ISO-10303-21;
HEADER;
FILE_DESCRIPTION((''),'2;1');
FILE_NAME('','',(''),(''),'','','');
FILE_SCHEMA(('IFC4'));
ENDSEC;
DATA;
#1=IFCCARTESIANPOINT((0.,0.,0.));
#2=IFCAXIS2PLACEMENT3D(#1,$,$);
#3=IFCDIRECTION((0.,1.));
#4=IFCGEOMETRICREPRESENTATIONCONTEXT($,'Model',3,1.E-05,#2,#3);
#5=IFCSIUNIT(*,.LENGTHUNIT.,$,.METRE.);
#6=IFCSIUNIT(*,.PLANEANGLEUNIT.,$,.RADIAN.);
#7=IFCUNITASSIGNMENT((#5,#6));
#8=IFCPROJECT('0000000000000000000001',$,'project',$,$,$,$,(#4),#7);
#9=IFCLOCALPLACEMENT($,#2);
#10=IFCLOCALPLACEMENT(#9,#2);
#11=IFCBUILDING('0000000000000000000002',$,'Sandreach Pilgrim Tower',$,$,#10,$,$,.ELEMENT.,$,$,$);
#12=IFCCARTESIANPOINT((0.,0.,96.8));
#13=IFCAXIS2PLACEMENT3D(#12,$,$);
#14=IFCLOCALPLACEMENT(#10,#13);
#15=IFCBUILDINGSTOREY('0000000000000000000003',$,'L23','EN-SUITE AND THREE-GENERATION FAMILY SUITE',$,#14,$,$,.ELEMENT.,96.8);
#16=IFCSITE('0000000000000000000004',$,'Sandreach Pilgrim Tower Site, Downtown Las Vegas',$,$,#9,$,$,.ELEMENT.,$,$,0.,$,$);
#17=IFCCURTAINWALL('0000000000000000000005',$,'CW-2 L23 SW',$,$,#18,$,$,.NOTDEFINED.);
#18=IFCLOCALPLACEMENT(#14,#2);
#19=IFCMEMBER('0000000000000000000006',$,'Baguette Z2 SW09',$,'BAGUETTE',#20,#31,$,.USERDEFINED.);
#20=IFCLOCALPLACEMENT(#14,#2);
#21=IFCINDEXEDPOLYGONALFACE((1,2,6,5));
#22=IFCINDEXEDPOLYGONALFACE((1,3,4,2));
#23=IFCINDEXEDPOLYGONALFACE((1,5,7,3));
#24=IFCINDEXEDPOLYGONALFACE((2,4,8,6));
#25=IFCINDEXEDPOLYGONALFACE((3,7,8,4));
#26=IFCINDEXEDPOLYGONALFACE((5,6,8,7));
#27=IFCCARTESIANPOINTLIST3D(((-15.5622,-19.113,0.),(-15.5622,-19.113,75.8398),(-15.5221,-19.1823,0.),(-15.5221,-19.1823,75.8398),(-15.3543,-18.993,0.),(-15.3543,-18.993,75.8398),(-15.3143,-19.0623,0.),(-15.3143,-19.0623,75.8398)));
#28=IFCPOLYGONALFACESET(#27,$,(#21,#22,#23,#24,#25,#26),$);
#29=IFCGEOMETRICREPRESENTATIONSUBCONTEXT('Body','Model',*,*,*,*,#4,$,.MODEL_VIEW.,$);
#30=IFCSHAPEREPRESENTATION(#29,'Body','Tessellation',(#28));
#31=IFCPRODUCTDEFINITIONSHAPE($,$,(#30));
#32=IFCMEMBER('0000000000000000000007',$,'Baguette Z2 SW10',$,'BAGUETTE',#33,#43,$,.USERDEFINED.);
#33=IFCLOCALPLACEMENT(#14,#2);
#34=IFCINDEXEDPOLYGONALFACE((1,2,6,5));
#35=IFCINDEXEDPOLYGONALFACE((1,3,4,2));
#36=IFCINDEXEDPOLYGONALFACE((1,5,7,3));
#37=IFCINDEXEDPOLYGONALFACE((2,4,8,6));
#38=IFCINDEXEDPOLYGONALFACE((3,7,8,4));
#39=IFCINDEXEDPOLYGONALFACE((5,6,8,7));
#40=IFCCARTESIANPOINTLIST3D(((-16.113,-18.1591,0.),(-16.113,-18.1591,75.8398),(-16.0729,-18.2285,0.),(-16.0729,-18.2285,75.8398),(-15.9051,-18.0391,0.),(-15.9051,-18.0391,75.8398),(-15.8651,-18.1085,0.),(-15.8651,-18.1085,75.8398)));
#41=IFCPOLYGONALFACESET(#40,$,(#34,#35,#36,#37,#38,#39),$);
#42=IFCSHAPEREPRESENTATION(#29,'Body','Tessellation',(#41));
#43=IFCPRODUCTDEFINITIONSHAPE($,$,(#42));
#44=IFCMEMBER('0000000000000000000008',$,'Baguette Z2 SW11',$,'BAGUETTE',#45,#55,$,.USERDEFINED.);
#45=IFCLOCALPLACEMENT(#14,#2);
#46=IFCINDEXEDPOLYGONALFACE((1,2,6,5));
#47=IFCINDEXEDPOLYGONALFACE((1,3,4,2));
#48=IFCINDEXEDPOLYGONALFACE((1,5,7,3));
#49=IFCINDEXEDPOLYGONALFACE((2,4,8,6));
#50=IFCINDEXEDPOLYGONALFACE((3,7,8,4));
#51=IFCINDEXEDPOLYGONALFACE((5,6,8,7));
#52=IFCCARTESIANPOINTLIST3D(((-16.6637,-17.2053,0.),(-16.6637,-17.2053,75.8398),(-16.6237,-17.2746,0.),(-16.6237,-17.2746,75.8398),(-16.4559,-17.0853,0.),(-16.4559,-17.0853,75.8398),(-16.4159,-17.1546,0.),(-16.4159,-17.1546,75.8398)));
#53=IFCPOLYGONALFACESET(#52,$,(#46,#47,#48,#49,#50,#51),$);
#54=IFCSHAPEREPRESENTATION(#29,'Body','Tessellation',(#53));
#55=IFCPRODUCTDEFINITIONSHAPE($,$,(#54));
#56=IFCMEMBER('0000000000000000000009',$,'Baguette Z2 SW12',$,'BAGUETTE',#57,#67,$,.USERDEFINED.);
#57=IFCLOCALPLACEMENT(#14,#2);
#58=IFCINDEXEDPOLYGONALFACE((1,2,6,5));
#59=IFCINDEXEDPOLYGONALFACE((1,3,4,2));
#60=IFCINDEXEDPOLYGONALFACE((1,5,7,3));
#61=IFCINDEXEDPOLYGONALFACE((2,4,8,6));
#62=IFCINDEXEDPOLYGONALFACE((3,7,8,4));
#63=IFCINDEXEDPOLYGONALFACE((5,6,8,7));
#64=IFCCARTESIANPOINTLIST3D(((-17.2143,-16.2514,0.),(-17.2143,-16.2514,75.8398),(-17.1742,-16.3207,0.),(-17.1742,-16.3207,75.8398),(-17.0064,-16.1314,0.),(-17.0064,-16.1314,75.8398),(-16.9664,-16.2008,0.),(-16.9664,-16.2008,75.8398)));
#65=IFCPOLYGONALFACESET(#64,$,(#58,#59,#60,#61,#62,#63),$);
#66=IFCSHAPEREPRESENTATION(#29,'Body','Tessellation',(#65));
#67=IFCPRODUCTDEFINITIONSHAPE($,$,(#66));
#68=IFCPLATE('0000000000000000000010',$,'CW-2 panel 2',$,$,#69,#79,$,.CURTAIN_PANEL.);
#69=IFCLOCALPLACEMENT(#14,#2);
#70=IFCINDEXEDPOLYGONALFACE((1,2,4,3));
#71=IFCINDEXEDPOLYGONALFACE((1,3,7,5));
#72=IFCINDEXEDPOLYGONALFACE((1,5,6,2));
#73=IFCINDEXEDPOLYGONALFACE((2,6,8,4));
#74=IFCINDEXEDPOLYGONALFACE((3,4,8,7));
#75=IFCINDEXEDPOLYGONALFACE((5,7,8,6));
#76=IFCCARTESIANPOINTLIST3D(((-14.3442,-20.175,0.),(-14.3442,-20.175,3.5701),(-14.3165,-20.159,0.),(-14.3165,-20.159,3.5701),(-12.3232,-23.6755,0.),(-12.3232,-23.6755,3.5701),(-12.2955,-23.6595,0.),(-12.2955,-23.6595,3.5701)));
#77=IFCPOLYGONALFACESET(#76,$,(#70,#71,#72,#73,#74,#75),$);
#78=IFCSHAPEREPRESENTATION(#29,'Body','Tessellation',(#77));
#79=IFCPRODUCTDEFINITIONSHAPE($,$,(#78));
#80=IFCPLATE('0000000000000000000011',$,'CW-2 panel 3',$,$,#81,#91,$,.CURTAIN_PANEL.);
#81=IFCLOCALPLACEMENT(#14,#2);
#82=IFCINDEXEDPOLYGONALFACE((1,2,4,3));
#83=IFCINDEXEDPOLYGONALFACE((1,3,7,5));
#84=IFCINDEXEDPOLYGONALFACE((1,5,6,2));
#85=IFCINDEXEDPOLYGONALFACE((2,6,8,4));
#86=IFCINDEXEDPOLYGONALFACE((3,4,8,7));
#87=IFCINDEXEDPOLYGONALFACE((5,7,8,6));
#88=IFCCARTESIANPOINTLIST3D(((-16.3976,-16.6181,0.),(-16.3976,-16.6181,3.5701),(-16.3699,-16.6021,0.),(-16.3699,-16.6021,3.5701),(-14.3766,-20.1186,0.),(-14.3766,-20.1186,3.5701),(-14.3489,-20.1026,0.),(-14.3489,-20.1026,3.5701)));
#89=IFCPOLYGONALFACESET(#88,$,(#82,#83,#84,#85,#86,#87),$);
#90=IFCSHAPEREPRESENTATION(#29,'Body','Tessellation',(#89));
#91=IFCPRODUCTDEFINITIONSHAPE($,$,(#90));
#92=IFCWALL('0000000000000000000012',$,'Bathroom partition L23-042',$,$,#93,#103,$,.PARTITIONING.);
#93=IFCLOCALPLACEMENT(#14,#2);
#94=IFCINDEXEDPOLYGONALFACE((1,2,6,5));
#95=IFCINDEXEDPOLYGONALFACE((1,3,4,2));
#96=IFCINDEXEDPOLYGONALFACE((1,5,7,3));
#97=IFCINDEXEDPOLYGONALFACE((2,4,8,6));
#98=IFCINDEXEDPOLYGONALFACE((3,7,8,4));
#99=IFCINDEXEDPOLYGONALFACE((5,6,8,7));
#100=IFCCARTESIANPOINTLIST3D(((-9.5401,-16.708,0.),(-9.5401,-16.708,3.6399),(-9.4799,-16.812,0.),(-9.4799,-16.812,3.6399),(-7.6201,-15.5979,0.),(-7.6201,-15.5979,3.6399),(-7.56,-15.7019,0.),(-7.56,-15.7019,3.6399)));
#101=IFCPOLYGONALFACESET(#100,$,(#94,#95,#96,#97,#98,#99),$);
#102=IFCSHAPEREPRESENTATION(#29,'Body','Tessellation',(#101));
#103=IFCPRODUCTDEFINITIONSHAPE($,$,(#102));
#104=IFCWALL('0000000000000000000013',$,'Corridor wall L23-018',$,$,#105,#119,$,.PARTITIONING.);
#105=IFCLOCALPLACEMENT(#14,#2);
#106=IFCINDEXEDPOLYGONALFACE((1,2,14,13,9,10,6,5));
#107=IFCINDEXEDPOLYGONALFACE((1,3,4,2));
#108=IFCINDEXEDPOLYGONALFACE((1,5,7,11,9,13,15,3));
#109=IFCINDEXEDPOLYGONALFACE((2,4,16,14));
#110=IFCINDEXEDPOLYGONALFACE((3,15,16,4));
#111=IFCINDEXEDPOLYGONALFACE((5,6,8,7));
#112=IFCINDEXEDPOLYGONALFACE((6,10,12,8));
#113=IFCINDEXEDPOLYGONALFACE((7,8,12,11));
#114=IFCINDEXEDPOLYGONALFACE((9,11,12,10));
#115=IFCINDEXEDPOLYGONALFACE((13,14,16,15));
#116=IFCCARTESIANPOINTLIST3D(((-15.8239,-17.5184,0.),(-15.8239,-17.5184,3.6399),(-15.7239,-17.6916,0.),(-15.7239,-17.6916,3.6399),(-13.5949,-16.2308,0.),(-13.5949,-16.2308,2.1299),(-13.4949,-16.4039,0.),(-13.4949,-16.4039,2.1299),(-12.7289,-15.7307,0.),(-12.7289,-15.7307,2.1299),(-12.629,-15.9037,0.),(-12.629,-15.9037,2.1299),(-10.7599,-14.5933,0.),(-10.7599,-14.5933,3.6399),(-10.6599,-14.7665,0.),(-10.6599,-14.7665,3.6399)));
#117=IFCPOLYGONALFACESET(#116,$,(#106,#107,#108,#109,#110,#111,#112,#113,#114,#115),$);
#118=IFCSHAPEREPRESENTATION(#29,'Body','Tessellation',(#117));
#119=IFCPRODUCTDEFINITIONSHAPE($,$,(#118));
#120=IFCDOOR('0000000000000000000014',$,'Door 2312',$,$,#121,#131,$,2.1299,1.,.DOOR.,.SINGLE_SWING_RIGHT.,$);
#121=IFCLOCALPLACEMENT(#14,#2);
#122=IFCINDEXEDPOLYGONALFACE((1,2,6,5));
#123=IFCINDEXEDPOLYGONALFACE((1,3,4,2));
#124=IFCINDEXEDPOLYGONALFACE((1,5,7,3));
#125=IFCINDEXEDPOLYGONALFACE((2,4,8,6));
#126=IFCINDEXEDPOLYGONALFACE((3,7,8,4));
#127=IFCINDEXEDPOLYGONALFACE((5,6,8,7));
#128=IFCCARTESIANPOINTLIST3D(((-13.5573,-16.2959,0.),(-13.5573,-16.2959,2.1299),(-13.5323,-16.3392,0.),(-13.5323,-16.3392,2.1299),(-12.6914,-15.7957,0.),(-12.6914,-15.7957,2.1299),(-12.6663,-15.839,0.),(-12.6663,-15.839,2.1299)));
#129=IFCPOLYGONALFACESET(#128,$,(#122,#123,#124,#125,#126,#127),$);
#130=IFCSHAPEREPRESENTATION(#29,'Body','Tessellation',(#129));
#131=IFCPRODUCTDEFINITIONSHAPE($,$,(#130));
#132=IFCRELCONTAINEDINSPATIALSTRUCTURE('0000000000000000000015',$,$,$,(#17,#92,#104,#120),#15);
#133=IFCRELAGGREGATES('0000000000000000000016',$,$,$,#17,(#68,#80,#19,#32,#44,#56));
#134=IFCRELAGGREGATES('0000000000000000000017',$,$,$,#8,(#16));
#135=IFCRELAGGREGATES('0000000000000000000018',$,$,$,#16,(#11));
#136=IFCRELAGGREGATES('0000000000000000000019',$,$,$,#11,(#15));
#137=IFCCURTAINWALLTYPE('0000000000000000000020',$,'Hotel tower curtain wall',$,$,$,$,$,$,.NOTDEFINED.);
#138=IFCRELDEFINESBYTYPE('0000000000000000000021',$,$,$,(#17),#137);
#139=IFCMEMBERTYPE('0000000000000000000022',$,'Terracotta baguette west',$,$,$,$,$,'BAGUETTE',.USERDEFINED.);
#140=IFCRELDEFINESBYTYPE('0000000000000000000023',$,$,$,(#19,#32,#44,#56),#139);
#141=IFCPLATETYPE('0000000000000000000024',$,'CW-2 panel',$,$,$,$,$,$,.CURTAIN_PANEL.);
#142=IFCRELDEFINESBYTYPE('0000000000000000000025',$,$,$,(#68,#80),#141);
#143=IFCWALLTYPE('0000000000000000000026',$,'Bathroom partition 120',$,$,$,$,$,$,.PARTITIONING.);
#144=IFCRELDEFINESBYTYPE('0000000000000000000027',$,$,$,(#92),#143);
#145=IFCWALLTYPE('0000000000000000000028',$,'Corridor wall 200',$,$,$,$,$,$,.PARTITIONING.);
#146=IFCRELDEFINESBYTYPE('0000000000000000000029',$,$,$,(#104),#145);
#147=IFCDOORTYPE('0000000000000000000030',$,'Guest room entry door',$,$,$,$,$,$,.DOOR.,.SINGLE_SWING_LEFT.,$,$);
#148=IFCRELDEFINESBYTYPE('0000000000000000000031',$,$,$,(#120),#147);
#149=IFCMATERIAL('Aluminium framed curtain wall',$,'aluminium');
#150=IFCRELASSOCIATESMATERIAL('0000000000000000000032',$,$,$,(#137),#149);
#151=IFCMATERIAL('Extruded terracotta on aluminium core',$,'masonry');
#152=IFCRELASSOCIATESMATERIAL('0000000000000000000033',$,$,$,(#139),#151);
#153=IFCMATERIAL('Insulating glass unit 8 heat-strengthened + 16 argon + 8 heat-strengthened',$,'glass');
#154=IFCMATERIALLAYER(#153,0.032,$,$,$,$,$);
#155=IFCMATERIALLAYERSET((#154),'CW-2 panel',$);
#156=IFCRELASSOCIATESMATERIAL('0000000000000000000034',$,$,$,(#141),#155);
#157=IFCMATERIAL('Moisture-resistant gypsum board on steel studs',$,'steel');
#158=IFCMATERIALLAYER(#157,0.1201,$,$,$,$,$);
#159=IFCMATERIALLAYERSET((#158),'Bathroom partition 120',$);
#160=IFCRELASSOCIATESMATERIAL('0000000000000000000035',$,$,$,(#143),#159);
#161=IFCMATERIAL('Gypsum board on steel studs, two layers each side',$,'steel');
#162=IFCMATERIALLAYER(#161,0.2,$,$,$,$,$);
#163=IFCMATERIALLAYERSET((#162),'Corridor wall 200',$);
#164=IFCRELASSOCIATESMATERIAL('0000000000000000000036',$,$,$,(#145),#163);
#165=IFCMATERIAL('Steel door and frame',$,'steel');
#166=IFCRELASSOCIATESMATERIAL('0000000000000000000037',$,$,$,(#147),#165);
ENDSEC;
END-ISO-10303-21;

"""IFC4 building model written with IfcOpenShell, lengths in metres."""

from ifc_helpers import new_model, si_unit, direction, frame, frame_2d, origin, origin_2d, place, context, subcontext, project, spatial, rectangle, extrude, material, layer, layer_set, material_profile, profile_set, type_object, element, fill, aggregate, save


model = new_model("IFC4")

# Units and contexts
model_context = context("Model", 3, precision=1e-05, world=origin(), true_north=direction((0.0, 1.0)))
body_context = subcontext(model_context, "Body", "Model", "MODEL_VIEW")
ifc_project = project(units=[si_unit("LENGTHUNIT", "METRE"), si_unit("PLANEANGLEUNIT", "RADIAN")], contexts=[model_context])

# Site, building, storey
site_placement = place(None, origin())
site = spatial("IfcSite", under=ifc_project, at=site_placement, Name="Sandreach Pilgrim Tower Site, Downtown Las Vegas", CompositionType="ELEMENT", RefElevation=0.0)
building_placement = place(site_placement, origin())
building = spatial("IfcBuilding", under=site, at=building_placement, Name="Sandreach Pilgrim Tower", CompositionType="ELEMENT")
storey_placement = place(building_placement, frame((0.0, 0.0, 96.8)))
storey = spatial("IfcBuildingStorey", under=building, at=storey_placement, Name="L23", Description="EN-SUITE AND THREE-GENERATION FAMILY SUITE", CompositionType="ELEMENT", Elevation=96.8)

# Curtain wall
ifc_material_1 = material(Name="Aluminium framed curtain wall", Category="aluminium")
curtain_wall_type = type_object("IfcCurtainWallType", Name="Hotel tower curtain wall", PredefinedType="NOTDEFINED", material=ifc_material_1)
curtain_wall_placement = place(storey_placement, origin())
curtain_wall = element("IfcCurtainWall", 1, at=curtain_wall_placement, inside=storey, type_object=curtain_wall_type, Name="CW-2 L23 SW", PredefinedType="NOTDEFINED")

# Members
ifc_material_2 = material(Name="Extruded terracotta on aluminium core", Category="masonry")
ifc_material_profile_1 = material_profile(ifc_material_2, rectangle(XDim=0.0801, YDim=0.24, at=origin_2d()), Name="TBW 80X240")
ifc_profile_set_1 = profile_set([ifc_material_profile_1], Name="Extruded terracotta on aluminium core")
member_type_1 = type_object("IfcMemberType", Name="Terracotta baguette west", ElementType="BAGUETTE", PredefinedType="USERDEFINED", material=ifc_profile_set_1)
member_1_placement = place(storey_placement, frame((-15.4382, -19.0876, 0.0), z_axis=(0.0, 0.0, 1.0), x_axis=(-0.5, 0.866025, 0.0)))
member_1 = element("IfcMember", 2, at=member_1_placement, type_object=member_type_1, Name="Baguette Z2 SW09", ObjectType="BAGUETTE", PredefinedType="USERDEFINED", context=body_context, shape_type="SweptSolid", body=[
    extrude(rectangle(XDim=0.0801, YDim=0.24, at=origin_2d()), origin(), (0.0, 0.0, 1.0), 75.8398),
])
member_2_placement = place(storey_placement, frame((-15.989, -18.1338, 0.0), z_axis=(0.0, 0.0, 1.0), x_axis=(-0.5, 0.866025, 0.0)))
member_2 = element("IfcMember", 3, at=member_2_placement, type_object=member_type_1, Name="Baguette Z2 SW10", ObjectType="BAGUETTE", PredefinedType="USERDEFINED", context=body_context, shape_type="SweptSolid", body=[
    extrude(rectangle(XDim=0.0801, YDim=0.24, at=origin_2d()), origin(), (0.0, 0.0, 1.0), 75.8398),
])
member_3_placement = place(storey_placement, frame((-16.5398, -17.1799, 0.0), z_axis=(0.0, 0.0, 1.0), x_axis=(-0.5, 0.866025, 0.0)))
member_3 = element("IfcMember", 4, at=member_3_placement, type_object=member_type_1, Name="Baguette Z2 SW11", ObjectType="BAGUETTE", PredefinedType="USERDEFINED", context=body_context, shape_type="SweptSolid", body=[
    extrude(rectangle(XDim=0.0801, YDim=0.24, at=origin_2d()), origin(), (0.0, 0.0, 1.0), 75.8398),
])
member_4_placement = place(storey_placement, frame((-17.0903, -16.2261, 0.0), z_axis=(0.0, 0.0, 1.0), x_axis=(-0.5, 0.866025, 0.0)))
member_4 = element("IfcMember", 5, at=member_4_placement, type_object=member_type_1, Name="Baguette Z2 SW12", ObjectType="BAGUETTE", PredefinedType="USERDEFINED", context=body_context, shape_type="SweptSolid", body=[
    extrude(rectangle(XDim=0.0801, YDim=0.24, at=origin_2d()), origin(), (0.0, 0.0, 1.0), 75.8398),
])

# Plates
ifc_material_3 = material(Name="Insulating glass unit 8 heat-strengthened + 16 argon + 8 heat-strengthened", Category="glass")
ifc_layer_1 = layer(ifc_material_3, 0.032)
ifc_layer_set_1 = layer_set([ifc_layer_1], Name="CW-2 panel")
plate_type = type_object("IfcPlateType", Name="CW-2 panel", PredefinedType="CURTAIN_PANEL", material=ifc_layer_set_1)
plate_1_placement = place(storey_placement, frame((-13.3198, -21.9172, 0.0), z_axis=(0.0, 0.0, 1.0), x_axis=(-0.5, 0.866025, 0.0)))
plate_1 = element("IfcPlate", 6, at=plate_1_placement, type_object=plate_type, Name="CW-2 panel 2", PredefinedType="CURTAIN_PANEL", context=body_context, shape_type="SweptSolid", body=[
    extrude(rectangle(XDim=4.042, YDim=0.032, at=origin_2d()), origin(), (0.0, 0.0, 1.0), 3.5701),
])
plate_2_placement = place(storey_placement, frame((-15.3733, -18.3604, 0.0), z_axis=(0.0, 0.0, 1.0), x_axis=(-0.5, 0.866025, 0.0)))
plate_2 = element("IfcPlate", 7, at=plate_2_placement, type_object=plate_type, Name="CW-2 panel 3", PredefinedType="CURTAIN_PANEL", context=body_context, shape_type="SweptSolid", body=[
    extrude(rectangle(XDim=4.042, YDim=0.032, at=origin_2d()), origin(), (0.0, 0.0, 1.0), 3.5701),
])
aggregate(curtain_wall, [plate_1, plate_2, member_1, member_2, member_3, member_4])

# Wall
ifc_material_4 = material(Name="Moisture-resistant gypsum board on steel studs", Category="steel")
ifc_layer_2 = layer(ifc_material_4, 0.1201)
ifc_layer_set_2 = layer_set([ifc_layer_2], Name="Bathroom partition 120")
wall_type_1 = type_object("IfcWallType", Name="Bathroom partition 120", PredefinedType="PARTITIONING", material=ifc_layer_set_2)
wall_1_placement = place(storey_placement, frame((-9.51, -16.76, 0.0), z_axis=(0.0, 0.0, 1.0), x_axis=(0.865705, 0.500555, 0.0)))
element("IfcWall", 8, at=wall_1_placement, inside=storey, type_object=wall_type_1, Name="Bathroom partition L23-042", PredefinedType="PARTITIONING", context=body_context, shape_type="SweptSolid", body=[
    extrude(rectangle(XDim=2.2178, YDim=0.1201, at=frame_2d((1.1089, 0.0))), origin(), (0.0, 0.0, 1.0), 3.6399),
])

# Wall, opening, door
ifc_material_5 = material(Name="Gypsum board on steel studs, two layers each side", Category="steel")
ifc_layer_3 = layer(ifc_material_5, 0.2)
ifc_layer_set_3 = layer_set([ifc_layer_3], Name="Corridor wall 200")
wall_type_2 = type_object("IfcWallType", Name="Corridor wall 200", PredefinedType="PARTITIONING", material=ifc_layer_set_3)
wall_2_placement = place(storey_placement, frame((-15.7739, -17.605, 0.0), z_axis=(0.0, 0.0, 1.0), x_axis=(0.865924, 0.500175, 0.0)))
wall_2 = element("IfcWall", 9, at=wall_2_placement, inside=storey, type_object=wall_type_2, Name="Corridor wall L23-018", PredefinedType="PARTITIONING", context=body_context, shape_type="SweptSolid", body=[
    extrude(rectangle(XDim=5.8481, YDim=0.2, at=frame_2d((2.9241, 0.0))), origin(), (0.0, 0.0, 1.0), 3.6399),
])
opening_placement = place(wall_2_placement, frame((2.5742, 0.0, 0.0)))
opening = element("IfcOpeningElement", 10, at=opening_placement, cuts=wall_2, PredefinedType="OPENING", context=body_context, shape_type="SweptSolid", body=[
    extrude(rectangle(XDim=1.0, YDim=2.1299, at=frame_2d((0.5, 1.0649))), frame((0.0, 0.1001, 0.0), z_axis=(0.0, -1.0, 0.0), x_axis=(1.0, 0.0, 0.0)), (0.0, 0.0, 1.0), 0.2),
])
ifc_material_6 = material(Name="Steel door and frame", Category="steel")
door_type = type_object("IfcDoorType", Name="Guest room entry door", OperationType="SINGLE_SWING_LEFT", PredefinedType="DOOR", material=ifc_material_6)
door_placement = place(opening_placement, origin())
door = element("IfcDoor", 11, at=door_placement, inside=storey, type_object=door_type, Name="Door 2312", OperationType="SINGLE_SWING_RIGHT", OverallHeight=2.1299, OverallWidth=1.0, PredefinedType="DOOR", context=body_context, shape_type="SweptSolid", body=[
    extrude(rectangle(XDim=1.0, YDim=2.1299, at=frame_2d((0.5, 1.0649))), frame((0.0, 0.0249, 0.0), z_axis=(0.0, -1.0, 0.0), x_axis=(1.0, 0.0, 0.0)), (0.0, 0.0, 1.0), 0.05),
])
fill(opening, door)

save(model, "model.ifc")
